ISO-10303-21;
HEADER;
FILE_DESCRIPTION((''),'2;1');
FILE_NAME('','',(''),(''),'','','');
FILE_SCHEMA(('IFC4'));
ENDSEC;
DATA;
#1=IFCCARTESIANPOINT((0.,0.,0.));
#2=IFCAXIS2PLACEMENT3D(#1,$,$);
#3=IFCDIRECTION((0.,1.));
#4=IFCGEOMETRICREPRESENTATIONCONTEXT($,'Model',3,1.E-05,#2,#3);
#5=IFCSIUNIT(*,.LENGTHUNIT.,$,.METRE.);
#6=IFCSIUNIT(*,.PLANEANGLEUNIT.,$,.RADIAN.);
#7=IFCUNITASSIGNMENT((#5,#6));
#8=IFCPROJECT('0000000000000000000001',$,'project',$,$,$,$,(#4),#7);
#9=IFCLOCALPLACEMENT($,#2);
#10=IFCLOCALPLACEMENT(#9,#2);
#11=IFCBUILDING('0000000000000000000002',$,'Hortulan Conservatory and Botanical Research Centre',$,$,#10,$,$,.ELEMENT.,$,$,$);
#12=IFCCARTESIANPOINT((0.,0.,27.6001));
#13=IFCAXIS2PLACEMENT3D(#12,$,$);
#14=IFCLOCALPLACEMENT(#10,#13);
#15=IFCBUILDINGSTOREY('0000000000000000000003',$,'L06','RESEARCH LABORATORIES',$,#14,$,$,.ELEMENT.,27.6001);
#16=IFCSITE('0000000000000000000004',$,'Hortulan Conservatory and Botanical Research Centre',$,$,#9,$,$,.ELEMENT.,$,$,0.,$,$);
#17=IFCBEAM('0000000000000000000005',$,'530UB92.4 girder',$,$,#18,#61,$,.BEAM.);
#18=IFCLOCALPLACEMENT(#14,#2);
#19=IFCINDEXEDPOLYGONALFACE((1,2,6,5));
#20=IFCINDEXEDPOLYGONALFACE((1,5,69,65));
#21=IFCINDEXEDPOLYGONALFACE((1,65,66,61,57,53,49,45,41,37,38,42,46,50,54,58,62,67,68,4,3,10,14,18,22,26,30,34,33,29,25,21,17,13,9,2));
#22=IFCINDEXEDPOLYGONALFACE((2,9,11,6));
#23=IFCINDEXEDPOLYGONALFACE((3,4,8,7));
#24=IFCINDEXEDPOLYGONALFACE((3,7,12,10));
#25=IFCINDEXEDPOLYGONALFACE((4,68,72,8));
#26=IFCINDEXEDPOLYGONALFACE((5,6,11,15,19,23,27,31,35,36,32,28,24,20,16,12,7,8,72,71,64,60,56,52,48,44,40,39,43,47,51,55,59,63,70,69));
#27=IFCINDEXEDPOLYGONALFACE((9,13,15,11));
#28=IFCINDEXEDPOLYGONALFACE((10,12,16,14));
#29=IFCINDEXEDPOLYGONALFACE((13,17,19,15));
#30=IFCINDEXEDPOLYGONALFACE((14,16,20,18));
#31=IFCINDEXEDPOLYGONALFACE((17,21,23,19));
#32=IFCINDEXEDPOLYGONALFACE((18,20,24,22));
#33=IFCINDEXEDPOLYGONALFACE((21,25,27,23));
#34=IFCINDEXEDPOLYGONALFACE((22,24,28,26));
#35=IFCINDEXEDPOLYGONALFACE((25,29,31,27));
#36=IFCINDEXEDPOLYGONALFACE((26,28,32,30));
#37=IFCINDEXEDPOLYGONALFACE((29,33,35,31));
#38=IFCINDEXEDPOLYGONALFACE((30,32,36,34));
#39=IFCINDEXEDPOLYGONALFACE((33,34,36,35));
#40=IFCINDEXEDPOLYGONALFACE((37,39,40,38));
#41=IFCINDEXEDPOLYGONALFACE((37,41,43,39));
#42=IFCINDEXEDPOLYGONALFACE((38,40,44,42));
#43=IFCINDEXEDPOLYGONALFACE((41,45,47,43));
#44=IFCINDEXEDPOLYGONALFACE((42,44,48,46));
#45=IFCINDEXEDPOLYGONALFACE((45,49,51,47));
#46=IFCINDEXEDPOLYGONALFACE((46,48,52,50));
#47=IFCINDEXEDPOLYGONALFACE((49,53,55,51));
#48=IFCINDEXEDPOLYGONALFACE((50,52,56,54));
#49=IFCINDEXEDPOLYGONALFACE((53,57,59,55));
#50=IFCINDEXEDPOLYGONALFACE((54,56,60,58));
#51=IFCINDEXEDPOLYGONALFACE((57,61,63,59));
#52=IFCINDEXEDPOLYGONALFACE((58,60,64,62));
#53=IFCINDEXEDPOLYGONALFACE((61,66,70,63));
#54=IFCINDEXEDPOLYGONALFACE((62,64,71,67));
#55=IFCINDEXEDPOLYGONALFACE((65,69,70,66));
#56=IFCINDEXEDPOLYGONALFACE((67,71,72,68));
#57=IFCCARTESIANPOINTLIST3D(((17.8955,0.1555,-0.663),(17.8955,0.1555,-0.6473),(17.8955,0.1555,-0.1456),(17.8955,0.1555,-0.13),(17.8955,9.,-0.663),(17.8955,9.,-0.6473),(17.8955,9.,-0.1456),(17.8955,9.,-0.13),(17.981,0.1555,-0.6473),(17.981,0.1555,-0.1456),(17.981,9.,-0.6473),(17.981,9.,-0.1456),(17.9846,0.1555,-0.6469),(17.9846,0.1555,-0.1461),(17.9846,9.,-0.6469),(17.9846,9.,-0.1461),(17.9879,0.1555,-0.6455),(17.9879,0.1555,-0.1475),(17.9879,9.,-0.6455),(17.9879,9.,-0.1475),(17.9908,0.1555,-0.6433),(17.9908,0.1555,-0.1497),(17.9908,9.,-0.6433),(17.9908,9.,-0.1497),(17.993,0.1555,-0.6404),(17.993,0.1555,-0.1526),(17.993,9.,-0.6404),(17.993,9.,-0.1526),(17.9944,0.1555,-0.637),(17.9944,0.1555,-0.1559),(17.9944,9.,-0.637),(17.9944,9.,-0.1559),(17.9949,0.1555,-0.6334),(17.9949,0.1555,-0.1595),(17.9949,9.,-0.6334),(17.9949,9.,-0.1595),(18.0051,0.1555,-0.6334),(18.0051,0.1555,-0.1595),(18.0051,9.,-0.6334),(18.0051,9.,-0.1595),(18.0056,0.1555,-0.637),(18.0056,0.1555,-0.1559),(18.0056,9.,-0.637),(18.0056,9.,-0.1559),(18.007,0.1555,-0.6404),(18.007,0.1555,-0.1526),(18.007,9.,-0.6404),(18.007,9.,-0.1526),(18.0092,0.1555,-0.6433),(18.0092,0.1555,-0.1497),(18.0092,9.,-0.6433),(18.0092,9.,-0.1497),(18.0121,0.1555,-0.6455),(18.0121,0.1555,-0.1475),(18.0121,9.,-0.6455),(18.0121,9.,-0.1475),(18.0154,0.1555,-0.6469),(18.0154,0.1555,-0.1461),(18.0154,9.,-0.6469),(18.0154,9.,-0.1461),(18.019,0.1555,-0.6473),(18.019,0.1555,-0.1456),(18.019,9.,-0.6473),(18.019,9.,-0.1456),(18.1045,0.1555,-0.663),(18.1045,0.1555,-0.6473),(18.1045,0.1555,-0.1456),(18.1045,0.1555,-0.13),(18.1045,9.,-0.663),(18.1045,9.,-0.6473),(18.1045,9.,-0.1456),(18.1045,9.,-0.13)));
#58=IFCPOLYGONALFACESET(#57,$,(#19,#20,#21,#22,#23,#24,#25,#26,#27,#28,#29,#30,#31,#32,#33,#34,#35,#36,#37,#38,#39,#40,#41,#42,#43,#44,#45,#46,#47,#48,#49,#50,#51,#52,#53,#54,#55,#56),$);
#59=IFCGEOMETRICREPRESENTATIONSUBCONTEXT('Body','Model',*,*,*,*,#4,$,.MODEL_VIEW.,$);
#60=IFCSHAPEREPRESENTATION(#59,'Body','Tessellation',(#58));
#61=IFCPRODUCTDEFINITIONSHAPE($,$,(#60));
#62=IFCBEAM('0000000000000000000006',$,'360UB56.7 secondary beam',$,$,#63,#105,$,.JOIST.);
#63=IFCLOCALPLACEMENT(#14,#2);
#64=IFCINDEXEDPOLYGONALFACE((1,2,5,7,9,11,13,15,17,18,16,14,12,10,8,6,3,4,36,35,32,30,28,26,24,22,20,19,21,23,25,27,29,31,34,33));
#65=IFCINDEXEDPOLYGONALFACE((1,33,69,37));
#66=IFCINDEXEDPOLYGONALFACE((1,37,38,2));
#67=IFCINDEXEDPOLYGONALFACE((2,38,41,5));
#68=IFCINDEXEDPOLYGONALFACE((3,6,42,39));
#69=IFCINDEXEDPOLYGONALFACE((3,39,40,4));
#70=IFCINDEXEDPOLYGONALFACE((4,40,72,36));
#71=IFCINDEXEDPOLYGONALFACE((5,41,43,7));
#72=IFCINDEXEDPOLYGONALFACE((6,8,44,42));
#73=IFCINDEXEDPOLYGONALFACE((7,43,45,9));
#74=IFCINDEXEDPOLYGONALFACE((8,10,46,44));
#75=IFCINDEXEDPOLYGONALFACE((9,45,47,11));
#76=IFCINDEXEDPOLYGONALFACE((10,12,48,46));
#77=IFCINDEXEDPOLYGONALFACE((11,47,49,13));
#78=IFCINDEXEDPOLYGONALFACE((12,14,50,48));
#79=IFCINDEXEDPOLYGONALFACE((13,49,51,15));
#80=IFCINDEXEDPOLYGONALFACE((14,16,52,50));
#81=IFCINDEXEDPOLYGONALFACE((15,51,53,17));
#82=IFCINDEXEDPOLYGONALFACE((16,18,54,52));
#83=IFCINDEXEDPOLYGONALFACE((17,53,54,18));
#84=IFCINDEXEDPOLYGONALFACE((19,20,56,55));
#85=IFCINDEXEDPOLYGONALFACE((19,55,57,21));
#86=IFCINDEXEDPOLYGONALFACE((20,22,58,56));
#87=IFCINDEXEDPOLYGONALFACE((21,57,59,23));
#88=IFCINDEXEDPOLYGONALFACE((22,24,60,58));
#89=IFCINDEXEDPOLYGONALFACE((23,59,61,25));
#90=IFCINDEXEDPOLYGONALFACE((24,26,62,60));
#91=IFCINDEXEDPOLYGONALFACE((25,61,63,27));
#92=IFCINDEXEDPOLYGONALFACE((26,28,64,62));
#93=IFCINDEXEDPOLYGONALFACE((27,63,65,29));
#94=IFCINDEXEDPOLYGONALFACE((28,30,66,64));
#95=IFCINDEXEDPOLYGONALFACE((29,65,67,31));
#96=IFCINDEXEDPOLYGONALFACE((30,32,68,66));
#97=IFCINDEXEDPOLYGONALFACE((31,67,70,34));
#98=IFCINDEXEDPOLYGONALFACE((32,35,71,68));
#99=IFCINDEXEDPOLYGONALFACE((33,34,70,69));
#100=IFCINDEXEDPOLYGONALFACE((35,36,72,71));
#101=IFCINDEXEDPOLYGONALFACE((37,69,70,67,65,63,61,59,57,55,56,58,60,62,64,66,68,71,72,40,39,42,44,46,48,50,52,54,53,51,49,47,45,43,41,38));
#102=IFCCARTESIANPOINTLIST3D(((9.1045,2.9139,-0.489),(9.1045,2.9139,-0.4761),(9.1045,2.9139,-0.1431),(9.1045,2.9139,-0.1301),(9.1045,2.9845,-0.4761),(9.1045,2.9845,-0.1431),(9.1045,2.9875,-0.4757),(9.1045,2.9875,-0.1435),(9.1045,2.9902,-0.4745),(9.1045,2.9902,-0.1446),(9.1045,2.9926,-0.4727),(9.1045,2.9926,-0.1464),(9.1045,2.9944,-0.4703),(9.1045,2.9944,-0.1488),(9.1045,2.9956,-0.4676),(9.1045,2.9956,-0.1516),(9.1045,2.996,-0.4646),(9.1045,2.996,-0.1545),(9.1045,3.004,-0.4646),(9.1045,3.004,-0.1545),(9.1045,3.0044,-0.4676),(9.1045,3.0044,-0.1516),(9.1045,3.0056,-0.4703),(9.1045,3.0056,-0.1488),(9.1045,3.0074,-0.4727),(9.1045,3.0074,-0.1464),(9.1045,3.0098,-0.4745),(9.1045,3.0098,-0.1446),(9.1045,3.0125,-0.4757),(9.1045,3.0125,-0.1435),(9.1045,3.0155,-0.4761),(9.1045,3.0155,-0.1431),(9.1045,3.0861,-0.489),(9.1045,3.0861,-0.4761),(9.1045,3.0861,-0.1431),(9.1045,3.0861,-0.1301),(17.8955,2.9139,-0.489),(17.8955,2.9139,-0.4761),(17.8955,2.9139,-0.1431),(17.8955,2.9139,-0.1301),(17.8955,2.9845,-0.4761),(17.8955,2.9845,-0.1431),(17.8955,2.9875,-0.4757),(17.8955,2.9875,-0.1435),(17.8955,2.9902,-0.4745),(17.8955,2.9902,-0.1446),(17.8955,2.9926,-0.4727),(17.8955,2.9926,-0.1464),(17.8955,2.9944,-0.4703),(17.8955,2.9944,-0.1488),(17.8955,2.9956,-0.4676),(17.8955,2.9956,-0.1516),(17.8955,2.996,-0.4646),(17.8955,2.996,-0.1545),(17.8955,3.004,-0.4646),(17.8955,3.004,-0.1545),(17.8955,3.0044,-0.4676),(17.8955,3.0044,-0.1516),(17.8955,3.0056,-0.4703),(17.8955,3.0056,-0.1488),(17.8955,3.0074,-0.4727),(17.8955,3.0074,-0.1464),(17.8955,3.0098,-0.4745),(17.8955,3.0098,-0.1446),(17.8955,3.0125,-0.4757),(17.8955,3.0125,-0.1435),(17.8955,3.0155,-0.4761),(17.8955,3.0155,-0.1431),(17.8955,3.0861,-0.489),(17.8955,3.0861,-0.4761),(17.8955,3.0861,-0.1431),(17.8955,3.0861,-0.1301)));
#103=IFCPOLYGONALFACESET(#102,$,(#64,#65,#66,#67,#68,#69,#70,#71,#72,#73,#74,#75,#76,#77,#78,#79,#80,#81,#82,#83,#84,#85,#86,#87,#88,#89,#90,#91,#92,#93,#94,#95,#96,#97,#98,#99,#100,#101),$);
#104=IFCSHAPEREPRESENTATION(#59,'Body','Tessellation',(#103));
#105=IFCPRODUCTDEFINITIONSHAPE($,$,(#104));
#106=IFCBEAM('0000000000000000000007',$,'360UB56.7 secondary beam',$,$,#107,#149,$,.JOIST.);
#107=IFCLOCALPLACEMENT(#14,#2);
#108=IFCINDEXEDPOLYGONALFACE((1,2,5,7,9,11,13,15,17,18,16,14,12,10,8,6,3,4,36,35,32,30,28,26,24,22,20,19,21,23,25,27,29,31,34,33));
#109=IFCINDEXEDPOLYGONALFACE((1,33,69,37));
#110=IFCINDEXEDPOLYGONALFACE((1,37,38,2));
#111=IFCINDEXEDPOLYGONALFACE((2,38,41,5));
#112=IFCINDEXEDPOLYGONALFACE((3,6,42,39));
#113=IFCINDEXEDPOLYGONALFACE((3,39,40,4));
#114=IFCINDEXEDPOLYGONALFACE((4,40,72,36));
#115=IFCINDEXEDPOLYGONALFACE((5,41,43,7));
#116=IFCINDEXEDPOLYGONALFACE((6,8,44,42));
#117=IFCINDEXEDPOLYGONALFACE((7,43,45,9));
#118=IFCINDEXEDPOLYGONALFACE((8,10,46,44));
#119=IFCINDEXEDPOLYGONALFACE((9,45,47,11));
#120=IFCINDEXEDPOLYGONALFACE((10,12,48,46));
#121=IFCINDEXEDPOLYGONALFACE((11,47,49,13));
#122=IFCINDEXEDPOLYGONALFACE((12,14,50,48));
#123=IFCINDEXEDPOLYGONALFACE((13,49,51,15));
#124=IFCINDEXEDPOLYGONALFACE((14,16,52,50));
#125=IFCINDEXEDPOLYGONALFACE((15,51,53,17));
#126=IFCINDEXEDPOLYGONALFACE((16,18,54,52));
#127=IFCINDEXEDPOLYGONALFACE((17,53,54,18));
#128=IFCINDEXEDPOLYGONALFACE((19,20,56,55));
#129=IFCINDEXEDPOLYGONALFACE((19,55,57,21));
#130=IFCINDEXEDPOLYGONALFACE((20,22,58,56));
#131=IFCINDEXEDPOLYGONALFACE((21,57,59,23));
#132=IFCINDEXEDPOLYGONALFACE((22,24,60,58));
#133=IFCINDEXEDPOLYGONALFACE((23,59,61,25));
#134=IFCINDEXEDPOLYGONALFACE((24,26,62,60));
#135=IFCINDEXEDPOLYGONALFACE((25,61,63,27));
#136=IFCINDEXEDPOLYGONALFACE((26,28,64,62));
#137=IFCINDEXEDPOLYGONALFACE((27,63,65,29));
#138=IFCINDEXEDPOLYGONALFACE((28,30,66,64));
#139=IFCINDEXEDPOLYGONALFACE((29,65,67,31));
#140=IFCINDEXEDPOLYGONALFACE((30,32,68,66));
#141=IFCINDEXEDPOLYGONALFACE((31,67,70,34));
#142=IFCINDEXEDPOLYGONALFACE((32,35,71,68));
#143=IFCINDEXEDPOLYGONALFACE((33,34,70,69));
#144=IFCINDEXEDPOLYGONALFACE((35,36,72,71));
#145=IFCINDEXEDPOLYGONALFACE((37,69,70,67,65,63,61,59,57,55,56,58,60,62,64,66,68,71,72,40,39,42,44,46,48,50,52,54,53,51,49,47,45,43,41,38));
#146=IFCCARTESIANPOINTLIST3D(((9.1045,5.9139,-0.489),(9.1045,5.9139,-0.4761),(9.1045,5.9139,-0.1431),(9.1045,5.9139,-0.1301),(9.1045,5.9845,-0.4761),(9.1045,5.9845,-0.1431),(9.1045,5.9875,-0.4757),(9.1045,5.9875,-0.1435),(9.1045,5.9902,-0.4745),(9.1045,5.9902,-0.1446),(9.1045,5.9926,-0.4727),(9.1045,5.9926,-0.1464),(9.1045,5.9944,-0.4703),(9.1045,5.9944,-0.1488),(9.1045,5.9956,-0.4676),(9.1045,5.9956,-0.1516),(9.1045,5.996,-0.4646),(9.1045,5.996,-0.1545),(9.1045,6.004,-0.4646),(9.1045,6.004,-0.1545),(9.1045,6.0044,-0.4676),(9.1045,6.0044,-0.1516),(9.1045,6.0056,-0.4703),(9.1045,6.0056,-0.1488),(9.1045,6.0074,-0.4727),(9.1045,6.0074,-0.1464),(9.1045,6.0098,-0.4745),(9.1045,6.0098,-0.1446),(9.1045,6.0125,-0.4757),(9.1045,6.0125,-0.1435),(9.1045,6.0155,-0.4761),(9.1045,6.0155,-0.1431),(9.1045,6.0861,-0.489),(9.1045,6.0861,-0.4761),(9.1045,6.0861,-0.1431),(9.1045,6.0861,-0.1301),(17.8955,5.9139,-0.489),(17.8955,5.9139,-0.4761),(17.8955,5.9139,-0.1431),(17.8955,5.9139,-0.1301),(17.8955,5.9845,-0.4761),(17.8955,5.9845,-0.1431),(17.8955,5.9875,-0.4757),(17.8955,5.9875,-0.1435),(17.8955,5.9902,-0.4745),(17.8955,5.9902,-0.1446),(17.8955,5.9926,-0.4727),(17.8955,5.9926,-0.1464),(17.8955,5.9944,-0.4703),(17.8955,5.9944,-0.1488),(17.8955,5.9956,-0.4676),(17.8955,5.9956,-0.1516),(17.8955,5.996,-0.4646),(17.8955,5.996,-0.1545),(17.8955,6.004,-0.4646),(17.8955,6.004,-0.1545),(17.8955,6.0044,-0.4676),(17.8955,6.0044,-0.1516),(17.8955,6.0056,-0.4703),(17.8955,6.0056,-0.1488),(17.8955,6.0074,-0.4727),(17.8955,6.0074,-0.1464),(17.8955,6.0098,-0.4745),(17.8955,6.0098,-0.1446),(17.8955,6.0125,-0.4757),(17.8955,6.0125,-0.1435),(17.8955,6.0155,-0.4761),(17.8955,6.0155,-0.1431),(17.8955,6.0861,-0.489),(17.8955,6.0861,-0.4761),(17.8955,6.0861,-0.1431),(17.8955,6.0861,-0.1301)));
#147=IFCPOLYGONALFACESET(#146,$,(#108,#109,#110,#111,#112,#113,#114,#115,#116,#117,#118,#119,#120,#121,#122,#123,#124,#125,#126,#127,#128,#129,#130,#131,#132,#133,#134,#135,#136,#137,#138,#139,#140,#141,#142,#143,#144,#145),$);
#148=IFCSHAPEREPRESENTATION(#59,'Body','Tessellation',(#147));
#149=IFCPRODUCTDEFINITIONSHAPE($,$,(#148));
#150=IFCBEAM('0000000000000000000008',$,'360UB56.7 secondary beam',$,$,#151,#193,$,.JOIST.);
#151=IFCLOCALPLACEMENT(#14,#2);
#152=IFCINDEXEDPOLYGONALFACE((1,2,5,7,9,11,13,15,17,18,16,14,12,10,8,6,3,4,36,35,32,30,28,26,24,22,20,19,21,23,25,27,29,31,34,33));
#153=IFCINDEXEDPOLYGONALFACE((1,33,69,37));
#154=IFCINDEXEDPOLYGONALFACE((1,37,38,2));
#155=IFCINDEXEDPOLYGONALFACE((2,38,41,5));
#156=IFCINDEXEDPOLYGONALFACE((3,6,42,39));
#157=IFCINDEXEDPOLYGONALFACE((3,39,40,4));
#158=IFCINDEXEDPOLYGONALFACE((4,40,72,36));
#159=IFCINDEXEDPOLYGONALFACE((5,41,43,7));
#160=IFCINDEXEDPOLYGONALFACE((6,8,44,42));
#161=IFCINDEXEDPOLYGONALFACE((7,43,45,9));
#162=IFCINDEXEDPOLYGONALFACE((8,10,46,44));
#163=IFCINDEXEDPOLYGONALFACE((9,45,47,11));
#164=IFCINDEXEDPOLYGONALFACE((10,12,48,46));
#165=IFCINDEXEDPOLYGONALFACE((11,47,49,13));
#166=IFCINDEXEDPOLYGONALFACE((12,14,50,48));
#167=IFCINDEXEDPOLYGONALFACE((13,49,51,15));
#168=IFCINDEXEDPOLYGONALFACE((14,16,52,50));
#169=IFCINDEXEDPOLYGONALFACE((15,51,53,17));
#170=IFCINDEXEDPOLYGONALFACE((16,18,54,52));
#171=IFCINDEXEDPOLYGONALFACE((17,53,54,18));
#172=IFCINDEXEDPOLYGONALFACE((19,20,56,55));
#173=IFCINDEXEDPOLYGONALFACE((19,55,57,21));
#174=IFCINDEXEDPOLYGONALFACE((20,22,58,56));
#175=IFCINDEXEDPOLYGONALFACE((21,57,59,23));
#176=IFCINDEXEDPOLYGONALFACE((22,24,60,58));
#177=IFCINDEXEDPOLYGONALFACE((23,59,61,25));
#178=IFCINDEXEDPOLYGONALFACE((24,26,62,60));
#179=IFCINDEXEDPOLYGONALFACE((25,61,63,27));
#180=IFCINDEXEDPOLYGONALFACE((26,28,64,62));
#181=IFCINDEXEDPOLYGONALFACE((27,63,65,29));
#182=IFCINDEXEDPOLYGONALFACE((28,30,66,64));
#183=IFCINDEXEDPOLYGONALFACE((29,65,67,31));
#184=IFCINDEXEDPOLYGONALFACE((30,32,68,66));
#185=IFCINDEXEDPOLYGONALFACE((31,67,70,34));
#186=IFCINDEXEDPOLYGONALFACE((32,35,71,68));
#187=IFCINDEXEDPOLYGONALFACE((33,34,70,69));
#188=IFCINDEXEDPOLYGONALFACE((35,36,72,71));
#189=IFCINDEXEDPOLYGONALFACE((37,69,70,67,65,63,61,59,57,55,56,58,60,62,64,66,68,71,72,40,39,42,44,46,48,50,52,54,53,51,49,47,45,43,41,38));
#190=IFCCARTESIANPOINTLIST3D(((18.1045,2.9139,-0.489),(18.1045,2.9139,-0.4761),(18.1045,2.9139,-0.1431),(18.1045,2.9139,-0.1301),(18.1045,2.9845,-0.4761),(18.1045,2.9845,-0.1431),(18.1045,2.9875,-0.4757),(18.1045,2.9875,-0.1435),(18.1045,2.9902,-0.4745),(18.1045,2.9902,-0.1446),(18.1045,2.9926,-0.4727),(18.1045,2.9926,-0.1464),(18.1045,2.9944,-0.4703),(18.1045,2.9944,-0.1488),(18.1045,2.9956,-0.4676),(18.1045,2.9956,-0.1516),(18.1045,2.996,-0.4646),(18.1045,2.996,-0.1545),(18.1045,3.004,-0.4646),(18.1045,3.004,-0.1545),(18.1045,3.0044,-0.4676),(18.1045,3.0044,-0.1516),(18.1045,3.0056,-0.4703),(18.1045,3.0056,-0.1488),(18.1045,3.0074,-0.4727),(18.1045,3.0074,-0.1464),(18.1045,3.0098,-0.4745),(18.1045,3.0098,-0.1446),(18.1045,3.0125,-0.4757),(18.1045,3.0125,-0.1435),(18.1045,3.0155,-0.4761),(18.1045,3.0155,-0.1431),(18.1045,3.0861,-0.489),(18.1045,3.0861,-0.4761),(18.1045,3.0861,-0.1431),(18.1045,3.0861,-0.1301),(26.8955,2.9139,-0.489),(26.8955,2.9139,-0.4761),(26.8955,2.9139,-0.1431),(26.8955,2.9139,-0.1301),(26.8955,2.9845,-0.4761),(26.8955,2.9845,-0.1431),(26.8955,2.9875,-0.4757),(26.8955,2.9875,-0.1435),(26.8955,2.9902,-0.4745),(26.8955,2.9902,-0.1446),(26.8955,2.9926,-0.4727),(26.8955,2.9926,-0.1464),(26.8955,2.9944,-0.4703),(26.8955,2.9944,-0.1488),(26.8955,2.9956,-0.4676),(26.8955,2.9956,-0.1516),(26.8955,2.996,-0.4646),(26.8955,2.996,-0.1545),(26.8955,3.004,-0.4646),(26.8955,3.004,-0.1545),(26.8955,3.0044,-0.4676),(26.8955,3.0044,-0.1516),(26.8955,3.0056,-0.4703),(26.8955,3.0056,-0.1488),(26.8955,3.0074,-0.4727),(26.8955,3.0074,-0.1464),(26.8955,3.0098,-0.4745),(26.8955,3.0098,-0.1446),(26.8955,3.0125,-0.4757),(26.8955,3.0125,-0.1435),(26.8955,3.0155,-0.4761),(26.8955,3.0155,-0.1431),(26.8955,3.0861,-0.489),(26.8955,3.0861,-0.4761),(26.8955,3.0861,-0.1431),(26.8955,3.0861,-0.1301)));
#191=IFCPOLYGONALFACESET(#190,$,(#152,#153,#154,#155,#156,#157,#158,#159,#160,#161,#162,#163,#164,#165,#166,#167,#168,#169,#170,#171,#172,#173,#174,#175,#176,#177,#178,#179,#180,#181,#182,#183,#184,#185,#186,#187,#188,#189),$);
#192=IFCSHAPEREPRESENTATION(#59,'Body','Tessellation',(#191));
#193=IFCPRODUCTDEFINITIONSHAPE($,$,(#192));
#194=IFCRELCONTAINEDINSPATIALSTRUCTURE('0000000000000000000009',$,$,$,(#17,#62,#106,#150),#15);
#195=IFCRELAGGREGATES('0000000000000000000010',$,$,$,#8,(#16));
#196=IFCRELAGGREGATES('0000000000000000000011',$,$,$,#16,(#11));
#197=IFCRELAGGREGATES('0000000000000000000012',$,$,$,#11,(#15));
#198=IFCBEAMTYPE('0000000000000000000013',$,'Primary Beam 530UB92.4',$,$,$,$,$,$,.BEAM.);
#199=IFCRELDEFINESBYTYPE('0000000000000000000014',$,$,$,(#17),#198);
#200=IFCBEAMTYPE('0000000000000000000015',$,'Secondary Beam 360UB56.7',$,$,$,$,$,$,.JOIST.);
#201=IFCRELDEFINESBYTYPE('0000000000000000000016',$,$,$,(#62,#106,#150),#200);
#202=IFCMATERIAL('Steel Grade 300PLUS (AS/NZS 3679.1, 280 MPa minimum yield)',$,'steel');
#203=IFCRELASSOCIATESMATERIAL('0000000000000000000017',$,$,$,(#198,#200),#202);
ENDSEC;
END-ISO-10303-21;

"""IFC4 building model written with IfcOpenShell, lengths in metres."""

from ifc_helpers import new_model, si_unit, direction, frame, origin, origin_2d, place, context, subcontext, project, spatial, i_section, extrude, material, material_profile, profile_set, type_object, element, save


model = new_model("IFC4")

# Units and contexts
model_context = context("Model", 3, precision=1e-05, world=origin(), true_north=direction((0.0, 1.0)))
body_context = subcontext(model_context, "Body", "Model", "MODEL_VIEW")
ifc_project = project(units=[si_unit("LENGTHUNIT", "METRE"), si_unit("PLANEANGLEUNIT", "RADIAN")], contexts=[model_context])

# Site, building, storey
site_placement = place(None, origin())
site = spatial("IfcSite", under=ifc_project, at=site_placement, Name="Hortulan Conservatory and Botanical Research Centre", CompositionType="ELEMENT", RefElevation=0.0)
building_placement = place(site_placement, origin())
building = spatial("IfcBuilding", under=site, at=building_placement, Name="Hortulan Conservatory and Botanical Research Centre", CompositionType="ELEMENT")
storey_placement = place(building_placement, frame((0.0, 0.0, 27.6001)))
storey = spatial("IfcBuildingStorey", under=building, at=storey_placement, Name="L06", Description="RESEARCH LABORATORIES", CompositionType="ELEMENT", Elevation=27.6001)

# Shared definitions
ifc_material_1 = material(Name="Steel Grade 300PLUS (AS/NZS 3679.1, 280 MPa minimum yield)", Category="steel")

# Beams
ifc_material_profile_1 = material_profile(ifc_material_1, i_section(OverallWidth=0.209, OverallDepth=0.533, WebThickness=0.0103, FlangeThickness=0.0156, FilletRadius=0.0139, at=origin_2d()), Name="530UB92.4")
ifc_profile_set_1 = profile_set([ifc_material_profile_1], Name="Steel Grade 300PLUS (AS/NZS 3679.1, 280 MPa minimum yield)")
beam_type_1 = type_object("IfcBeamType", Name="Primary Beam 530UB92.4", PredefinedType="BEAM", material=ifc_profile_set_1)
beam_1_placement = place(storey_placement, frame((18.0, 0.1555, -0.3965), z_axis=(0.0, 1.0, 0.0), x_axis=(-1.0, 0.0, 0.0)))
element("IfcBeam", 1, at=beam_1_placement, inside=storey, type_object=beam_type_1, Name="530UB92.4 girder", PredefinedType="BEAM", context=body_context, shape_type="SweptSolid", body=[
    extrude(i_section(OverallWidth=0.209, OverallDepth=0.533, WebThickness=0.0103, FlangeThickness=0.0156, FilletRadius=0.0139, at=origin_2d()), origin(), (0.0, 0.0, 1.0), 8.8445),
])
ifc_material_profile_2 = material_profile(ifc_material_1, i_section(OverallWidth=0.1721, OverallDepth=0.3589, WebThickness=0.0081, FlangeThickness=0.0129, FilletRadius=0.0115, at=origin_2d()), Name="360UB56.7")
ifc_profile_set_2 = profile_set([ifc_material_profile_2], Name="Steel Grade 300PLUS (AS/NZS 3679.1, 280 MPa minimum yield)")
beam_type_2 = type_object("IfcBeamType", Name="Secondary Beam 360UB56.7", PredefinedType="JOIST", material=ifc_profile_set_2)
for number, where, z_axis, x_axis, name in (
    (2, (9.1045, 3.0, -0.3096), (1.0, 0.0, 0.0), (0.0, 1.0, 0.0), "360UB56.7 secondary beam"),
    (3, (9.1045, 6.0, -0.3096), (1.0, 0.0, 0.0), (0.0, 1.0, 0.0), "360UB56.7 secondary beam"),
    (4, (18.1045, 3.0, -0.3096), (1.0, 0.0, 0.0), (0.0, 1.0, 0.0), "360UB56.7 secondary beam"),
):
    element("IfcBeam", number, at=place(storey_placement, frame(where, z_axis=z_axis, x_axis=x_axis)), inside=storey, type_object=beam_type_2, Name=name, PredefinedType="JOIST", context=body_context, shape_type="SweptSolid", body=[
        extrude(i_section(OverallWidth=0.1721, OverallDepth=0.3589, WebThickness=0.0081, FlangeThickness=0.0129, FilletRadius=0.0115, at=origin_2d()), origin(), (0.0, 0.0, 1.0), 8.791),
    ])

save(model, "model.ifc")
